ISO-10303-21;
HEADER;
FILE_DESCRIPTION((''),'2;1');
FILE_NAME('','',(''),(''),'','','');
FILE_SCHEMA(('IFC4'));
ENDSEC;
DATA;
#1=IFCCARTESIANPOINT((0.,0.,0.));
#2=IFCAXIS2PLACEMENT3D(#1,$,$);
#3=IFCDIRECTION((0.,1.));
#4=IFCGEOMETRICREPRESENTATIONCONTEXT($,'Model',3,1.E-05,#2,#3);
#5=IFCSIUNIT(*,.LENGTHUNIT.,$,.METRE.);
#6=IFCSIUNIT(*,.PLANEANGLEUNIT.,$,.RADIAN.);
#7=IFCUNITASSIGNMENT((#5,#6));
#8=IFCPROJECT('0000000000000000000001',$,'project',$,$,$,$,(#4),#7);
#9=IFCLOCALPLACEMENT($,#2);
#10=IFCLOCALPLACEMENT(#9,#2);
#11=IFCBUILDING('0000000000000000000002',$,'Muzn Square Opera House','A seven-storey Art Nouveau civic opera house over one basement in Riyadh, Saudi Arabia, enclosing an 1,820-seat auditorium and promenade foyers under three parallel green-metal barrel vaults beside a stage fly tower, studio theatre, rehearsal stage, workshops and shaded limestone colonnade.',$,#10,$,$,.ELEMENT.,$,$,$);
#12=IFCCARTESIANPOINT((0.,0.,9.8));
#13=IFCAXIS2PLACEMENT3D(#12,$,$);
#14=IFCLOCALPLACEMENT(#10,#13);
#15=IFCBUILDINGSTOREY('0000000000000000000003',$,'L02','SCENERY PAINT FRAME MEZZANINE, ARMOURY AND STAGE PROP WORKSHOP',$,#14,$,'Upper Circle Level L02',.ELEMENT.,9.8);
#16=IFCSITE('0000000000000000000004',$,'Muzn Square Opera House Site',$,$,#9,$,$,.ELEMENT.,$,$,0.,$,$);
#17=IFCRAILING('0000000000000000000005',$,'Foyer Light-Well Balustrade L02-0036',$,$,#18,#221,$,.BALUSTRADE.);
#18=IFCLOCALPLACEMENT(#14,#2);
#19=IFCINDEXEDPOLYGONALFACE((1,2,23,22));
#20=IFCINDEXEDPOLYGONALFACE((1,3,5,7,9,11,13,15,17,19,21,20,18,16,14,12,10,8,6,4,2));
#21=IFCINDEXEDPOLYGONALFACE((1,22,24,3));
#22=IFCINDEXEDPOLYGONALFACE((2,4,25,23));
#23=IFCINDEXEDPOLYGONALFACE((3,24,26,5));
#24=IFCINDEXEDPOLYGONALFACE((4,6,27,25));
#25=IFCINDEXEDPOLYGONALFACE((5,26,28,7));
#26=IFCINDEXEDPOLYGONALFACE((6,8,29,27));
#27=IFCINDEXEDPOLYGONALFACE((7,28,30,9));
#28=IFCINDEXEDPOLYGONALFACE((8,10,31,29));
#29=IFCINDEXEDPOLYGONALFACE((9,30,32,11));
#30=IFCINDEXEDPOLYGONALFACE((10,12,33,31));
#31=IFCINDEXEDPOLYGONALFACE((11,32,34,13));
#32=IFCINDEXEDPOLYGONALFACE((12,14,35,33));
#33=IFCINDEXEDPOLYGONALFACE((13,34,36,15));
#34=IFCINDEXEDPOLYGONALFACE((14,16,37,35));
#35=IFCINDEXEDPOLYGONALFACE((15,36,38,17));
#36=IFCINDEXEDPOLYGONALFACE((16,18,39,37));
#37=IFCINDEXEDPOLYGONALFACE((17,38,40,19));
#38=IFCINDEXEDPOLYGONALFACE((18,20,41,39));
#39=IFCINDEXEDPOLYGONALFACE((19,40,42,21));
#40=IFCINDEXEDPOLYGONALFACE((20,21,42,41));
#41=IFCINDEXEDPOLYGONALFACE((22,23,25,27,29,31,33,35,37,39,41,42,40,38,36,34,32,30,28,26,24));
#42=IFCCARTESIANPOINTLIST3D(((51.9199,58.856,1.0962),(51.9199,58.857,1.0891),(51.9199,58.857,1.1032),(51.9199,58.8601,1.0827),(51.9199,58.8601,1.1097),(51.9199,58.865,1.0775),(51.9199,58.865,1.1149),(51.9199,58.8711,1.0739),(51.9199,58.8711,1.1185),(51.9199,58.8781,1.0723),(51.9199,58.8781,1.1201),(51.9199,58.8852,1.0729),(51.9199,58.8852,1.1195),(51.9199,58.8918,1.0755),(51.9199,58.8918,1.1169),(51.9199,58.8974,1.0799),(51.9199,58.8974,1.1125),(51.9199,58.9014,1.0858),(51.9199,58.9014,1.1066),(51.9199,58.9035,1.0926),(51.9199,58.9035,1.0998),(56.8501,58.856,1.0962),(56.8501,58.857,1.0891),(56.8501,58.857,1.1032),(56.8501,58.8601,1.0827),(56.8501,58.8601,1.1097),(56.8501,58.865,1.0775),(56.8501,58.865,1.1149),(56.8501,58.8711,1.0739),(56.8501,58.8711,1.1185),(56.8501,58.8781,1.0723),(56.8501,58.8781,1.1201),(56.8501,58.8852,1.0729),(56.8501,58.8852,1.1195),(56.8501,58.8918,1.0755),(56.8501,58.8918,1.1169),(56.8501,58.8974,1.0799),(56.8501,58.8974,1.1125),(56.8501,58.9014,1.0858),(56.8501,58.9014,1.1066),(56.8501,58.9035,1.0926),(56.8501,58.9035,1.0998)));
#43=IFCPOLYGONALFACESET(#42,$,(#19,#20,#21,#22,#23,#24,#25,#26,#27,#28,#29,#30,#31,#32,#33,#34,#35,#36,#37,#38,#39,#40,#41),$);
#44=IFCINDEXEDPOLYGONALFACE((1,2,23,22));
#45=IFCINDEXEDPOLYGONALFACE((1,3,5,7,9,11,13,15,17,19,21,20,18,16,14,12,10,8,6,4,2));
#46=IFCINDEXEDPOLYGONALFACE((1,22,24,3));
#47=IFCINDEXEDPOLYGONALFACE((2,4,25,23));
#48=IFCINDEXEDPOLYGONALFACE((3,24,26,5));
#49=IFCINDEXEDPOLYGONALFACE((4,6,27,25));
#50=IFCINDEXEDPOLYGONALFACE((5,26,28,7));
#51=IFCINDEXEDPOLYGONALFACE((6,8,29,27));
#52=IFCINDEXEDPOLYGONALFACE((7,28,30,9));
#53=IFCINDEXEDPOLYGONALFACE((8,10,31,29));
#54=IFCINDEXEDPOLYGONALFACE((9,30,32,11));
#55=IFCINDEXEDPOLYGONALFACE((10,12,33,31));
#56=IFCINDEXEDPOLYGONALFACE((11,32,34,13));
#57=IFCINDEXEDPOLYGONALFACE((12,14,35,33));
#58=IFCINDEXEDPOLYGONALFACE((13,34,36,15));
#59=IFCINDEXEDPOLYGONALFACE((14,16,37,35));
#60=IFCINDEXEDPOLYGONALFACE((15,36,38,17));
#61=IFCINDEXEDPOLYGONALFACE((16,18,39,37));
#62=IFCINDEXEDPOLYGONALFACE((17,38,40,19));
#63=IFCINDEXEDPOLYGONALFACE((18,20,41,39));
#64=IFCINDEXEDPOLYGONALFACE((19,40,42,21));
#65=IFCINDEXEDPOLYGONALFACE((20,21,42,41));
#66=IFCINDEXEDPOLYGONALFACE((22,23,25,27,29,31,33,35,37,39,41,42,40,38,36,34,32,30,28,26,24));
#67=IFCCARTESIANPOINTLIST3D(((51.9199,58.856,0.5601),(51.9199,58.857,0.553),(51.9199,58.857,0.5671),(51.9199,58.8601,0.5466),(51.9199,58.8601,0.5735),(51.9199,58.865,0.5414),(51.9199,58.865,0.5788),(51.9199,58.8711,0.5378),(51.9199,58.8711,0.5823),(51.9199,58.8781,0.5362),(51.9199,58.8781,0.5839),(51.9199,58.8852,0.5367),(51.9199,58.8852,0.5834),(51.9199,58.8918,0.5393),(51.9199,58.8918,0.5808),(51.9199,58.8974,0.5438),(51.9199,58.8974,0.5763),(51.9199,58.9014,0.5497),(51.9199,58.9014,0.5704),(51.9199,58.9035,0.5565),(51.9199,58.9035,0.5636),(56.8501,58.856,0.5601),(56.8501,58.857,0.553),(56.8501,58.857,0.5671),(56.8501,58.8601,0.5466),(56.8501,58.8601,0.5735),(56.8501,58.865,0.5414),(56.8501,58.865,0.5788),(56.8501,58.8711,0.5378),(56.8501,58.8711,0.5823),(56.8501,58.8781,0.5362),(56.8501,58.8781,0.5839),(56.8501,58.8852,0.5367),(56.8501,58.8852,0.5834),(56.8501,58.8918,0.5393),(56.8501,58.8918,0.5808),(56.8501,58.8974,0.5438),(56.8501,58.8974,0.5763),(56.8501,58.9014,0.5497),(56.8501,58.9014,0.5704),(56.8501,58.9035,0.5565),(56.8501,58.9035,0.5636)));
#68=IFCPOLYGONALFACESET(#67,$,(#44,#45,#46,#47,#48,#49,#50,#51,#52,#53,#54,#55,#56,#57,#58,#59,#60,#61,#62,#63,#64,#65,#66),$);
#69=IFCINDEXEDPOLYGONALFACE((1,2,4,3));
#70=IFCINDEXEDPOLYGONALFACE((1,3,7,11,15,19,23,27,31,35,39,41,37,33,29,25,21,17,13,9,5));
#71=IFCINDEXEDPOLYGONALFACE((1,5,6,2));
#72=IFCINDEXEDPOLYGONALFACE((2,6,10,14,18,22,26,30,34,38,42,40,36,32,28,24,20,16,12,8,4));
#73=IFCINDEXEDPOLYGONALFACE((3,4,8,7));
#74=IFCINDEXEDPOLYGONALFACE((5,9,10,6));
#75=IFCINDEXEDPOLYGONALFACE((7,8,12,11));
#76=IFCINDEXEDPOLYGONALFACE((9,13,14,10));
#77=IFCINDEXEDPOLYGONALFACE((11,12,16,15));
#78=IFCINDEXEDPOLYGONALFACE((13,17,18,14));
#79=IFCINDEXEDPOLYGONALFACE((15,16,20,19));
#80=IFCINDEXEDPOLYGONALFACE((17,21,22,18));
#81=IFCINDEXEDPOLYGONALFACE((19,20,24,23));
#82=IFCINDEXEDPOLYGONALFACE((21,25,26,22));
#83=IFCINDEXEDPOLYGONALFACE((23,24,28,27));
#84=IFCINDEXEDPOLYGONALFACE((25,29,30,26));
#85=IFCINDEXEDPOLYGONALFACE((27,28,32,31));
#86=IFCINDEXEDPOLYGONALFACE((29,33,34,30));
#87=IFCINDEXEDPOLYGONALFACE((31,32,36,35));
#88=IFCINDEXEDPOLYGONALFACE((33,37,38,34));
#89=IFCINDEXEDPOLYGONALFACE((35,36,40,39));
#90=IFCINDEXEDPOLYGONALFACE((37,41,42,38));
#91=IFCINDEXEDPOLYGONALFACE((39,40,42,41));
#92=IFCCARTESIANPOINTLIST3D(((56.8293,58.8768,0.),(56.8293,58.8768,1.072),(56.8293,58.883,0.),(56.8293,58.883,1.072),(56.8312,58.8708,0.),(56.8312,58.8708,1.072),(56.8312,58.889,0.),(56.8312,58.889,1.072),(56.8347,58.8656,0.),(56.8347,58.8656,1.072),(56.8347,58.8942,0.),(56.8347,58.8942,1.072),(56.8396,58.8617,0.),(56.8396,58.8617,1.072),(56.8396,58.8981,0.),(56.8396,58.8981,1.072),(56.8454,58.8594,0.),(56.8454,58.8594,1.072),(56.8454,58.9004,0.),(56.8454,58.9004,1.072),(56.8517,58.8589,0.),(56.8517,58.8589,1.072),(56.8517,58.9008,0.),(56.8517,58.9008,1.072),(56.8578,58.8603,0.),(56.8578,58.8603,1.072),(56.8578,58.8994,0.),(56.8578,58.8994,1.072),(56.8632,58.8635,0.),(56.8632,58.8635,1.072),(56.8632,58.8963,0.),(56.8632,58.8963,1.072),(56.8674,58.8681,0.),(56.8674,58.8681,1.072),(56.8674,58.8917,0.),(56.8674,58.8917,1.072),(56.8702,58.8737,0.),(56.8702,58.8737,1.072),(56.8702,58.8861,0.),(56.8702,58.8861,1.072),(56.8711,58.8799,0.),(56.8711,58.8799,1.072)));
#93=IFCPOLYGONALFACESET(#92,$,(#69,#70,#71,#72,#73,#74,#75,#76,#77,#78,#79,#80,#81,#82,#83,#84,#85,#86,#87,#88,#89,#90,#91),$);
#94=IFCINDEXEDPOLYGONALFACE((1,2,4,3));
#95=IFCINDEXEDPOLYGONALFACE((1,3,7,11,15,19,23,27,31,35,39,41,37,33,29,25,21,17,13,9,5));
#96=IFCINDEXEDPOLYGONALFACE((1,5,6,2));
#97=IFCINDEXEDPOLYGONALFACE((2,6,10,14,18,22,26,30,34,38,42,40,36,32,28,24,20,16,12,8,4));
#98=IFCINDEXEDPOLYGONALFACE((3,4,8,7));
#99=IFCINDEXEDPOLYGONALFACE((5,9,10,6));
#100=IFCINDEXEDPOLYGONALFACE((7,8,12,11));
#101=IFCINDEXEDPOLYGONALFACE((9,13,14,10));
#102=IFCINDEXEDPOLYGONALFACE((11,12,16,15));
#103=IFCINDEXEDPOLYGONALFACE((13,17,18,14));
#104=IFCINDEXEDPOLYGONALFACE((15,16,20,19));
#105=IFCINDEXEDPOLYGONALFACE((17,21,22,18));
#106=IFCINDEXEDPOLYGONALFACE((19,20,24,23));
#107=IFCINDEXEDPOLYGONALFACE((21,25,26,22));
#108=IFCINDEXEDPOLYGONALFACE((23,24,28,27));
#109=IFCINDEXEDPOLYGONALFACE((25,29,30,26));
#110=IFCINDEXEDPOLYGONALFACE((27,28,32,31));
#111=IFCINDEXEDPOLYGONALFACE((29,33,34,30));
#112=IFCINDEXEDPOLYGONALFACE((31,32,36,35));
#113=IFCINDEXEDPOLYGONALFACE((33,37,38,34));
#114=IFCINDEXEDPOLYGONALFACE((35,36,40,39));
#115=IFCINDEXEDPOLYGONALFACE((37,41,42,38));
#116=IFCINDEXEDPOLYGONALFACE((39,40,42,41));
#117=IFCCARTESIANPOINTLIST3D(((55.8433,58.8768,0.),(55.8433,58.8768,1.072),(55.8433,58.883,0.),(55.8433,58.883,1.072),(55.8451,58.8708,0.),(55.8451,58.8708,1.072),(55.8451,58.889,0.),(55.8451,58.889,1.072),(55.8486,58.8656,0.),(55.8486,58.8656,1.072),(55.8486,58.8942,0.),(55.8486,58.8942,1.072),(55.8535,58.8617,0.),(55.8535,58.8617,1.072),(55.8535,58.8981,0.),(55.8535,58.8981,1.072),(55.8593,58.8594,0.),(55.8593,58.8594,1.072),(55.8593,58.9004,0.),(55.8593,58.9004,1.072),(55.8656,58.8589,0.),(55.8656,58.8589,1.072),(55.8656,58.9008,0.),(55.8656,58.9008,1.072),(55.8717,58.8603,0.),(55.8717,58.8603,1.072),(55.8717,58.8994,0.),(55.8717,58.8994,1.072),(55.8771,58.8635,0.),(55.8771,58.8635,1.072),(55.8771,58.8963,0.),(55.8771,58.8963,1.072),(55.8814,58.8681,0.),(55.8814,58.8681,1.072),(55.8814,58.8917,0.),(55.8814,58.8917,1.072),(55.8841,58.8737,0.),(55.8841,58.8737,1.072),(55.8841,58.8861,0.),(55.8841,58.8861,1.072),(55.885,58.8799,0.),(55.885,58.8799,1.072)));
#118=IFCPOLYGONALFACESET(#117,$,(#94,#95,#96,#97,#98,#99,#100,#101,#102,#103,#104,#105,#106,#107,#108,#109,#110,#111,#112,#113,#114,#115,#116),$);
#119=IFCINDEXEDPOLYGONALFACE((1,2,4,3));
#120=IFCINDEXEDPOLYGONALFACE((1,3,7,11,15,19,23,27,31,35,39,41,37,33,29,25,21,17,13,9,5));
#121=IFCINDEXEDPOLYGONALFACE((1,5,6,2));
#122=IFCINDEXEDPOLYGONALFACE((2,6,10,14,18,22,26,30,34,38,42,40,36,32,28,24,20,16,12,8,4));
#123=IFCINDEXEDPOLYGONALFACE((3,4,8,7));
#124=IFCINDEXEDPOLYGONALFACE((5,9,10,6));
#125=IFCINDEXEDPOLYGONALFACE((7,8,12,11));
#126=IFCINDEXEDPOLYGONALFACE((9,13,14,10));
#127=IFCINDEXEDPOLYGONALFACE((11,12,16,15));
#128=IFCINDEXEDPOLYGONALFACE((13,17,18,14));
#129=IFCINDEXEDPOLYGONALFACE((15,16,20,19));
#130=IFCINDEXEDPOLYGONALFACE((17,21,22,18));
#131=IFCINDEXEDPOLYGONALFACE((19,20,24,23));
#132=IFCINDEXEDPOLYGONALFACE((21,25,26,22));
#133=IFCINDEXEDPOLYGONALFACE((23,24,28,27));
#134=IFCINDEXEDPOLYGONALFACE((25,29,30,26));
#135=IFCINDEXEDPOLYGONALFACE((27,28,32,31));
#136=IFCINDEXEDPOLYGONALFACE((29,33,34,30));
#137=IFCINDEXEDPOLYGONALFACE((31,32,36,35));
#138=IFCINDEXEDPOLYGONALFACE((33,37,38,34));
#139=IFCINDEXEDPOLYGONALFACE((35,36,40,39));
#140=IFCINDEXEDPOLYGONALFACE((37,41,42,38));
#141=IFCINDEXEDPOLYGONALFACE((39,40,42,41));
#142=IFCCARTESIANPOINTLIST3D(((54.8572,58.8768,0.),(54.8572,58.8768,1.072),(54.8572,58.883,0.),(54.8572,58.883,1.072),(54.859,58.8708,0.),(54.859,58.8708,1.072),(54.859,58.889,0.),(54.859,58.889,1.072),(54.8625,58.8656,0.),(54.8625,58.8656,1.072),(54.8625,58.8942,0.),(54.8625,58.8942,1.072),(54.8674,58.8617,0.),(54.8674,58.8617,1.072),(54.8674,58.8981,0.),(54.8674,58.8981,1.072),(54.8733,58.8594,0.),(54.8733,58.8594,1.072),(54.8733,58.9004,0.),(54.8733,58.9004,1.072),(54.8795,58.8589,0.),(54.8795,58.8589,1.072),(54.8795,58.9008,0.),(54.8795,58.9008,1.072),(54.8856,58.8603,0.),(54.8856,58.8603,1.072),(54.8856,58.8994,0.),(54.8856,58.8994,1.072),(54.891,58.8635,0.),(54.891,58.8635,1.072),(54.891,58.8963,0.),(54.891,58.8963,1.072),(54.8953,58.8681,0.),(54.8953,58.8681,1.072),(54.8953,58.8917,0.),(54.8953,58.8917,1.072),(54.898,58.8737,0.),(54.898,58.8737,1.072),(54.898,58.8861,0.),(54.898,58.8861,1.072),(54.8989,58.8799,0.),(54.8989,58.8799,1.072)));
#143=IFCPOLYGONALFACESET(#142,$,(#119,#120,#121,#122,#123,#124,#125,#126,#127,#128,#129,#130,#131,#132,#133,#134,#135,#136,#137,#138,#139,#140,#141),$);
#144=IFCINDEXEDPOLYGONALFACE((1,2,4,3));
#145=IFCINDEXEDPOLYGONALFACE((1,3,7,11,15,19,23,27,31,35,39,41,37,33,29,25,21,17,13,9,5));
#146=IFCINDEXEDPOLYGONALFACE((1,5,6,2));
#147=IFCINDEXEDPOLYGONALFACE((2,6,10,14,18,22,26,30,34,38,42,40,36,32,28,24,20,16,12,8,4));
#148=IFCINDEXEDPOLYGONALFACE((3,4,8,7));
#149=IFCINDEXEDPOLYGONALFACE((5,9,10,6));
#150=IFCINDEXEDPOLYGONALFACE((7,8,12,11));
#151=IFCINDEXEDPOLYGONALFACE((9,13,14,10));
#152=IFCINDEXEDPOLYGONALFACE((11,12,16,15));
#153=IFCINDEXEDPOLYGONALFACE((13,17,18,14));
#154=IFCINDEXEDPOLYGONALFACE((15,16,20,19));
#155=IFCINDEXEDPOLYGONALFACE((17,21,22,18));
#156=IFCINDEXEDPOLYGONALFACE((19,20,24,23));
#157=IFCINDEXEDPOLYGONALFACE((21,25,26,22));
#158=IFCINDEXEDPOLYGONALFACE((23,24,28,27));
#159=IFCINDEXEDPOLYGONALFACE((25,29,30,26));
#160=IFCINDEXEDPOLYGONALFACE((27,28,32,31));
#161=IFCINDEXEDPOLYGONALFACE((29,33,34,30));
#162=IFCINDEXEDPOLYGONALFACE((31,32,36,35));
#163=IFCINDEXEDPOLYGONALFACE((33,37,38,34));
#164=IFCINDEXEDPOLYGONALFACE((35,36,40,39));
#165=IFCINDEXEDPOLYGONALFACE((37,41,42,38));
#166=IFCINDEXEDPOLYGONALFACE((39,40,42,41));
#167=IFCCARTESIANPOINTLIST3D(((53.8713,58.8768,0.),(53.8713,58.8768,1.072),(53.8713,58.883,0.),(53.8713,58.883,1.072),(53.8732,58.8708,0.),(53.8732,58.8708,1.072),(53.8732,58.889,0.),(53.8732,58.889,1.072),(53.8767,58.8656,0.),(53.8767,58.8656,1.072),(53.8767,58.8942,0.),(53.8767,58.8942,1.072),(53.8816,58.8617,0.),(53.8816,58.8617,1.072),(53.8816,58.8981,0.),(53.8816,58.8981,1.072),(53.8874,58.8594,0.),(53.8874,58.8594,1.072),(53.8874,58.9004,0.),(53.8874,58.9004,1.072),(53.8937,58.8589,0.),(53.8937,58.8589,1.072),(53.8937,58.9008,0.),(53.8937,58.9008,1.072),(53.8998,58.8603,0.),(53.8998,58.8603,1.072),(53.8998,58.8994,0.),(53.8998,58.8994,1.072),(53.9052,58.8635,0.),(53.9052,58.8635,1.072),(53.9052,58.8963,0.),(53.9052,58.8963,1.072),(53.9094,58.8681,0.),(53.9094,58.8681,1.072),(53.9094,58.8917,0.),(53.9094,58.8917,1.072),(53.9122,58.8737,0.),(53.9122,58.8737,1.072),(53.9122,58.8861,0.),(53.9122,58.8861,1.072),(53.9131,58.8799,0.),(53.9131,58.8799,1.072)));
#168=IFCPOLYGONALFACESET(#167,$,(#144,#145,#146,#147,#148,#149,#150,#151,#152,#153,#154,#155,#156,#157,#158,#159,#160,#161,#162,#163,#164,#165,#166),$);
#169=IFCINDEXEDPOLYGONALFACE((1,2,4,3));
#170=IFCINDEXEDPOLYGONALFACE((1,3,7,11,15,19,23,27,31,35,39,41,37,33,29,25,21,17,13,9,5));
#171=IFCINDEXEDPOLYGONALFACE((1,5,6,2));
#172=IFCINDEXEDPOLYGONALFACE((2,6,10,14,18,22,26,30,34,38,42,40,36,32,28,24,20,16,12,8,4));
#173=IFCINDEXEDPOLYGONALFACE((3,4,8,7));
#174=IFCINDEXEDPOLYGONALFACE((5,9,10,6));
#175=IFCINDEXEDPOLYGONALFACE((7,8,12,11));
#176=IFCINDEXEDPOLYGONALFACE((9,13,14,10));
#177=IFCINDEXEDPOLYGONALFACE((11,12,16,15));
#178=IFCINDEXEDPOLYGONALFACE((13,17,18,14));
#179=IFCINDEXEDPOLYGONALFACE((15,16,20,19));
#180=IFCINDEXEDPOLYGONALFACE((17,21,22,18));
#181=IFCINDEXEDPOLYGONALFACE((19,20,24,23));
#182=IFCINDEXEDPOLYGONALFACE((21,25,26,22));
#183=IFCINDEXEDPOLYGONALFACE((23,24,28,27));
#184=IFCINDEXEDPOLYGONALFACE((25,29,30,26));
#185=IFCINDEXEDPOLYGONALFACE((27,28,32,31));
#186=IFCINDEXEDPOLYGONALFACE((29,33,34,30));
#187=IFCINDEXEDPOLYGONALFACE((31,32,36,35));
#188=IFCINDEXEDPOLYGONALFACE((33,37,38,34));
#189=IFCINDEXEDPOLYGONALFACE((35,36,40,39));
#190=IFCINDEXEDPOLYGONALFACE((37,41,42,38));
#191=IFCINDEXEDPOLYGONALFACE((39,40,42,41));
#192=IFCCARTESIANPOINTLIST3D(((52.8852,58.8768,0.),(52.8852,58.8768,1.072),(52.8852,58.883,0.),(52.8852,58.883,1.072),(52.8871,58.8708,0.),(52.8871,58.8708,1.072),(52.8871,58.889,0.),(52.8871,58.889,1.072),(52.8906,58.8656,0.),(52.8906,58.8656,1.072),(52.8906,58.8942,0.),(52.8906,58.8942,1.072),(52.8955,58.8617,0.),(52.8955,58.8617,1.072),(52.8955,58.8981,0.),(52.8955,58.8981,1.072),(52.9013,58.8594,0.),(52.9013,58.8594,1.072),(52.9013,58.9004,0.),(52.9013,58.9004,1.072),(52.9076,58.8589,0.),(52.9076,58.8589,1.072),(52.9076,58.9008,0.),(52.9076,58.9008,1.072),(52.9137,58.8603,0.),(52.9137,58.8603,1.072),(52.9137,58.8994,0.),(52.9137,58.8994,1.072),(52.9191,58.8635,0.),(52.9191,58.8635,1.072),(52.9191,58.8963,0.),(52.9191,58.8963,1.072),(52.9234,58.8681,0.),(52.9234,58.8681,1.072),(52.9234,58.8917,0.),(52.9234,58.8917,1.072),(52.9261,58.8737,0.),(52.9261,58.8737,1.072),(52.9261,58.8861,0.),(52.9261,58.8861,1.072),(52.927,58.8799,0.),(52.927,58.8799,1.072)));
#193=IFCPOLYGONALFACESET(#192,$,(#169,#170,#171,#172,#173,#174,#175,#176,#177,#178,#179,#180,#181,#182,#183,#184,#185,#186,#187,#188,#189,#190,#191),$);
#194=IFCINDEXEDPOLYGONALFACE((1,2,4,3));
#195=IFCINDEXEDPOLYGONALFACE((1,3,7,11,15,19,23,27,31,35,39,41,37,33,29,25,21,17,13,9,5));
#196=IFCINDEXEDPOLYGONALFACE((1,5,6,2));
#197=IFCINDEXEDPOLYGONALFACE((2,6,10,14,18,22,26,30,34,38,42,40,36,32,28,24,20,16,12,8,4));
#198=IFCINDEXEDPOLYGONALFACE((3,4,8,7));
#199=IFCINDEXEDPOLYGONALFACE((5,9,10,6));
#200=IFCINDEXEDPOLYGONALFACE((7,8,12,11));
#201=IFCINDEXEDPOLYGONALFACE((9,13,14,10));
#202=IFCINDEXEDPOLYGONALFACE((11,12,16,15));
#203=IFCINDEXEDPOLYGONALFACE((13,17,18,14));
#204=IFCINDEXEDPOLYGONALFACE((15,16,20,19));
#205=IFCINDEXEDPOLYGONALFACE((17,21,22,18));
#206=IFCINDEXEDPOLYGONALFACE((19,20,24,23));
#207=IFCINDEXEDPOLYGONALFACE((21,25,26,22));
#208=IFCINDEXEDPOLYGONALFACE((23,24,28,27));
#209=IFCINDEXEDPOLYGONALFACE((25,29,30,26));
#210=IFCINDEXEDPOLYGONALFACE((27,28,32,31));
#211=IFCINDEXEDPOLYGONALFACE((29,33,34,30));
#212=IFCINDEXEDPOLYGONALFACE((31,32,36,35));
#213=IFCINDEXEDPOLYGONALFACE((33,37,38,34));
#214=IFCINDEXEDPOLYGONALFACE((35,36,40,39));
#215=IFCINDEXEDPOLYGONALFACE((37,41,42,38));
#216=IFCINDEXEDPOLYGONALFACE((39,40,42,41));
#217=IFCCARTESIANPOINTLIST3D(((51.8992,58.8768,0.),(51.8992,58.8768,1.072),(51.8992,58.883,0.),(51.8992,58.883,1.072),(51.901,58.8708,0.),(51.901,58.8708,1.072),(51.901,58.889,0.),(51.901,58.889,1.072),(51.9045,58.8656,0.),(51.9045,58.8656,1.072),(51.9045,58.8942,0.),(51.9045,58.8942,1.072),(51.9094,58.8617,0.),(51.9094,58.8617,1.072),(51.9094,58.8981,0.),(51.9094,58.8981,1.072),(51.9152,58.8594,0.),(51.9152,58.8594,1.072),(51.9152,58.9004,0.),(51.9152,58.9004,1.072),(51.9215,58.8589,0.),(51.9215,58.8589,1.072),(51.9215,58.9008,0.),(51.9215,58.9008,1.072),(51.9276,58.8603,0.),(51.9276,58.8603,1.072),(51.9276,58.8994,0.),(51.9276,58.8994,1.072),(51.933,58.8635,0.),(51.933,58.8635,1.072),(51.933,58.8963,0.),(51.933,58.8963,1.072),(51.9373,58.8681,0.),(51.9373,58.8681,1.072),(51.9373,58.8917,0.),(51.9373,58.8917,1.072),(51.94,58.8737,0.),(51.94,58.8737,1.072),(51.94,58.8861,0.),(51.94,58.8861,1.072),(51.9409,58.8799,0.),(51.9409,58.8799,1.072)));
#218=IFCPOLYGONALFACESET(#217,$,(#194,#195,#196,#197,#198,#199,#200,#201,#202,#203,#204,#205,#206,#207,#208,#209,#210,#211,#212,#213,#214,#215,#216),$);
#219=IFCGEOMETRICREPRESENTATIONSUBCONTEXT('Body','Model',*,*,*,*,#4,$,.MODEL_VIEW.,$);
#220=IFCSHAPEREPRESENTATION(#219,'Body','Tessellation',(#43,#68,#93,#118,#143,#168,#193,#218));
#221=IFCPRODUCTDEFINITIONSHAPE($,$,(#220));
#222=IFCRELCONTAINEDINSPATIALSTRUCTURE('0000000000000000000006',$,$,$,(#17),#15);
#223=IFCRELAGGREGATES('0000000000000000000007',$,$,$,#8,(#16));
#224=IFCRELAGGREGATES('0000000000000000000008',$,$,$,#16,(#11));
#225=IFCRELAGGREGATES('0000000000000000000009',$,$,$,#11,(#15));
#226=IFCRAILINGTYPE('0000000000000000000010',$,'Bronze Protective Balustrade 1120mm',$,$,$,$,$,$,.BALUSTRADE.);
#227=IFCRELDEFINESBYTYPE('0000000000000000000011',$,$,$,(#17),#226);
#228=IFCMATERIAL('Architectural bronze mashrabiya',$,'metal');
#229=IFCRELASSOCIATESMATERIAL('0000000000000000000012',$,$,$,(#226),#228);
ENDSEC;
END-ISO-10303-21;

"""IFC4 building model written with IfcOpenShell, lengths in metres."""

from ifc_helpers import new_model, si_unit, direction, frame, origin, origin_2d, place, context, subcontext, project, spatial, circle, extrude, material, type_object, element, save


model = new_model("IFC4")

# Units and contexts
model_context = context("Model", 3, precision=1e-05, world=origin(), true_north=direction((0.0, 1.0)))
body_context = subcontext(model_context, "Body", "Model", "MODEL_VIEW")
ifc_project = project(units=[si_unit("LENGTHUNIT", "METRE"), si_unit("PLANEANGLEUNIT", "RADIAN")], contexts=[model_context])

# Site, building, storey
site_placement = place(None, origin())
site = spatial("IfcSite", under=ifc_project, at=site_placement, Name="Muzn Square Opera House Site", CompositionType="ELEMENT", RefElevation=0.0)
building_placement = place(site_placement, origin())
building = spatial("IfcBuilding", under=site, at=building_placement, Name="Muzn Square Opera House", Description="A seven-storey Art Nouveau civic opera house over one basement in Riyadh, Saudi Arabia, enclosing an 1,820-seat auditorium and promenade foyers under three parallel green-metal barrel vaults beside a stage fly tower, studio theatre, rehearsal stage, workshops and shaded limestone colonnade.", CompositionType="ELEMENT")
storey_placement = place(building_placement, frame((0.0, 0.0, 9.8)))
storey = spatial("IfcBuildingStorey", under=building, at=storey_placement, Name="L02", Description="SCENERY PAINT FRAME MEZZANINE, ARMOURY AND STAGE PROP WORKSHOP", LongName="Upper Circle Level L02", CompositionType="ELEMENT", Elevation=9.8)

# Railing
ifc_material_1 = material(Name="Architectural bronze mashrabiya", Category="metal")
railing_type_1 = type_object("IfcRailingType", Name="Bronze Protective Balustrade 1120mm", PredefinedType="BALUSTRADE", material=ifc_material_1)
railing_1_placement = place(storey_placement, frame((56.8501, 58.8799, 0.0)))
element("IfcRailing", 1, at=railing_1_placement, inside=storey, type_object=railing_type_1, Name="Foyer Light-Well Balustrade L02-0036", PredefinedType="BALUSTRADE", context=body_context, shape_type="SweptSolid", body=[
    extrude(circle(Radius=0.0239, at=origin_2d()), frame((0.0, 0.0, 1.0962), z_axis=(-1.0, 0.0, 0.0), x_axis=(0.0, -1.0, 0.0)), (0.0, 0.0, 1.0), 4.9302),
    extrude(circle(Radius=0.0239, at=origin_2d()), frame((0.0, 0.0, 0.5601), z_axis=(-1.0, 0.0, 0.0), x_axis=(0.0, -1.0, 0.0)), (0.0, 0.0, 1.0), 4.9302),
    extrude(circle(Radius=0.021, at=origin_2d()), origin(), (0.0, 0.0, 1.0), 1.072),
    extrude(circle(Radius=0.021, at=origin_2d()), frame((-0.9861, 0.0, 0.0)), (0.0, 0.0, 1.0), 1.072),
    extrude(circle(Radius=0.021, at=origin_2d()), frame((-1.9722, 0.0, 0.0)), (0.0, 0.0, 1.0), 1.072),
    extrude(circle(Radius=0.021, at=origin_2d()), frame((-2.958, 0.0, 0.0)), (0.0, 0.0, 1.0), 1.072),
    extrude(circle(Radius=0.021, at=origin_2d()), frame((-3.9441, 0.0, 0.0)), (0.0, 0.0, 1.0), 1.072),
    extrude(circle(Radius=0.021, at=origin_2d()), frame((-4.9302, 0.0, 0.0)), (0.0, 0.0, 1.0), 1.072),
])

save(model, "model.ifc")
